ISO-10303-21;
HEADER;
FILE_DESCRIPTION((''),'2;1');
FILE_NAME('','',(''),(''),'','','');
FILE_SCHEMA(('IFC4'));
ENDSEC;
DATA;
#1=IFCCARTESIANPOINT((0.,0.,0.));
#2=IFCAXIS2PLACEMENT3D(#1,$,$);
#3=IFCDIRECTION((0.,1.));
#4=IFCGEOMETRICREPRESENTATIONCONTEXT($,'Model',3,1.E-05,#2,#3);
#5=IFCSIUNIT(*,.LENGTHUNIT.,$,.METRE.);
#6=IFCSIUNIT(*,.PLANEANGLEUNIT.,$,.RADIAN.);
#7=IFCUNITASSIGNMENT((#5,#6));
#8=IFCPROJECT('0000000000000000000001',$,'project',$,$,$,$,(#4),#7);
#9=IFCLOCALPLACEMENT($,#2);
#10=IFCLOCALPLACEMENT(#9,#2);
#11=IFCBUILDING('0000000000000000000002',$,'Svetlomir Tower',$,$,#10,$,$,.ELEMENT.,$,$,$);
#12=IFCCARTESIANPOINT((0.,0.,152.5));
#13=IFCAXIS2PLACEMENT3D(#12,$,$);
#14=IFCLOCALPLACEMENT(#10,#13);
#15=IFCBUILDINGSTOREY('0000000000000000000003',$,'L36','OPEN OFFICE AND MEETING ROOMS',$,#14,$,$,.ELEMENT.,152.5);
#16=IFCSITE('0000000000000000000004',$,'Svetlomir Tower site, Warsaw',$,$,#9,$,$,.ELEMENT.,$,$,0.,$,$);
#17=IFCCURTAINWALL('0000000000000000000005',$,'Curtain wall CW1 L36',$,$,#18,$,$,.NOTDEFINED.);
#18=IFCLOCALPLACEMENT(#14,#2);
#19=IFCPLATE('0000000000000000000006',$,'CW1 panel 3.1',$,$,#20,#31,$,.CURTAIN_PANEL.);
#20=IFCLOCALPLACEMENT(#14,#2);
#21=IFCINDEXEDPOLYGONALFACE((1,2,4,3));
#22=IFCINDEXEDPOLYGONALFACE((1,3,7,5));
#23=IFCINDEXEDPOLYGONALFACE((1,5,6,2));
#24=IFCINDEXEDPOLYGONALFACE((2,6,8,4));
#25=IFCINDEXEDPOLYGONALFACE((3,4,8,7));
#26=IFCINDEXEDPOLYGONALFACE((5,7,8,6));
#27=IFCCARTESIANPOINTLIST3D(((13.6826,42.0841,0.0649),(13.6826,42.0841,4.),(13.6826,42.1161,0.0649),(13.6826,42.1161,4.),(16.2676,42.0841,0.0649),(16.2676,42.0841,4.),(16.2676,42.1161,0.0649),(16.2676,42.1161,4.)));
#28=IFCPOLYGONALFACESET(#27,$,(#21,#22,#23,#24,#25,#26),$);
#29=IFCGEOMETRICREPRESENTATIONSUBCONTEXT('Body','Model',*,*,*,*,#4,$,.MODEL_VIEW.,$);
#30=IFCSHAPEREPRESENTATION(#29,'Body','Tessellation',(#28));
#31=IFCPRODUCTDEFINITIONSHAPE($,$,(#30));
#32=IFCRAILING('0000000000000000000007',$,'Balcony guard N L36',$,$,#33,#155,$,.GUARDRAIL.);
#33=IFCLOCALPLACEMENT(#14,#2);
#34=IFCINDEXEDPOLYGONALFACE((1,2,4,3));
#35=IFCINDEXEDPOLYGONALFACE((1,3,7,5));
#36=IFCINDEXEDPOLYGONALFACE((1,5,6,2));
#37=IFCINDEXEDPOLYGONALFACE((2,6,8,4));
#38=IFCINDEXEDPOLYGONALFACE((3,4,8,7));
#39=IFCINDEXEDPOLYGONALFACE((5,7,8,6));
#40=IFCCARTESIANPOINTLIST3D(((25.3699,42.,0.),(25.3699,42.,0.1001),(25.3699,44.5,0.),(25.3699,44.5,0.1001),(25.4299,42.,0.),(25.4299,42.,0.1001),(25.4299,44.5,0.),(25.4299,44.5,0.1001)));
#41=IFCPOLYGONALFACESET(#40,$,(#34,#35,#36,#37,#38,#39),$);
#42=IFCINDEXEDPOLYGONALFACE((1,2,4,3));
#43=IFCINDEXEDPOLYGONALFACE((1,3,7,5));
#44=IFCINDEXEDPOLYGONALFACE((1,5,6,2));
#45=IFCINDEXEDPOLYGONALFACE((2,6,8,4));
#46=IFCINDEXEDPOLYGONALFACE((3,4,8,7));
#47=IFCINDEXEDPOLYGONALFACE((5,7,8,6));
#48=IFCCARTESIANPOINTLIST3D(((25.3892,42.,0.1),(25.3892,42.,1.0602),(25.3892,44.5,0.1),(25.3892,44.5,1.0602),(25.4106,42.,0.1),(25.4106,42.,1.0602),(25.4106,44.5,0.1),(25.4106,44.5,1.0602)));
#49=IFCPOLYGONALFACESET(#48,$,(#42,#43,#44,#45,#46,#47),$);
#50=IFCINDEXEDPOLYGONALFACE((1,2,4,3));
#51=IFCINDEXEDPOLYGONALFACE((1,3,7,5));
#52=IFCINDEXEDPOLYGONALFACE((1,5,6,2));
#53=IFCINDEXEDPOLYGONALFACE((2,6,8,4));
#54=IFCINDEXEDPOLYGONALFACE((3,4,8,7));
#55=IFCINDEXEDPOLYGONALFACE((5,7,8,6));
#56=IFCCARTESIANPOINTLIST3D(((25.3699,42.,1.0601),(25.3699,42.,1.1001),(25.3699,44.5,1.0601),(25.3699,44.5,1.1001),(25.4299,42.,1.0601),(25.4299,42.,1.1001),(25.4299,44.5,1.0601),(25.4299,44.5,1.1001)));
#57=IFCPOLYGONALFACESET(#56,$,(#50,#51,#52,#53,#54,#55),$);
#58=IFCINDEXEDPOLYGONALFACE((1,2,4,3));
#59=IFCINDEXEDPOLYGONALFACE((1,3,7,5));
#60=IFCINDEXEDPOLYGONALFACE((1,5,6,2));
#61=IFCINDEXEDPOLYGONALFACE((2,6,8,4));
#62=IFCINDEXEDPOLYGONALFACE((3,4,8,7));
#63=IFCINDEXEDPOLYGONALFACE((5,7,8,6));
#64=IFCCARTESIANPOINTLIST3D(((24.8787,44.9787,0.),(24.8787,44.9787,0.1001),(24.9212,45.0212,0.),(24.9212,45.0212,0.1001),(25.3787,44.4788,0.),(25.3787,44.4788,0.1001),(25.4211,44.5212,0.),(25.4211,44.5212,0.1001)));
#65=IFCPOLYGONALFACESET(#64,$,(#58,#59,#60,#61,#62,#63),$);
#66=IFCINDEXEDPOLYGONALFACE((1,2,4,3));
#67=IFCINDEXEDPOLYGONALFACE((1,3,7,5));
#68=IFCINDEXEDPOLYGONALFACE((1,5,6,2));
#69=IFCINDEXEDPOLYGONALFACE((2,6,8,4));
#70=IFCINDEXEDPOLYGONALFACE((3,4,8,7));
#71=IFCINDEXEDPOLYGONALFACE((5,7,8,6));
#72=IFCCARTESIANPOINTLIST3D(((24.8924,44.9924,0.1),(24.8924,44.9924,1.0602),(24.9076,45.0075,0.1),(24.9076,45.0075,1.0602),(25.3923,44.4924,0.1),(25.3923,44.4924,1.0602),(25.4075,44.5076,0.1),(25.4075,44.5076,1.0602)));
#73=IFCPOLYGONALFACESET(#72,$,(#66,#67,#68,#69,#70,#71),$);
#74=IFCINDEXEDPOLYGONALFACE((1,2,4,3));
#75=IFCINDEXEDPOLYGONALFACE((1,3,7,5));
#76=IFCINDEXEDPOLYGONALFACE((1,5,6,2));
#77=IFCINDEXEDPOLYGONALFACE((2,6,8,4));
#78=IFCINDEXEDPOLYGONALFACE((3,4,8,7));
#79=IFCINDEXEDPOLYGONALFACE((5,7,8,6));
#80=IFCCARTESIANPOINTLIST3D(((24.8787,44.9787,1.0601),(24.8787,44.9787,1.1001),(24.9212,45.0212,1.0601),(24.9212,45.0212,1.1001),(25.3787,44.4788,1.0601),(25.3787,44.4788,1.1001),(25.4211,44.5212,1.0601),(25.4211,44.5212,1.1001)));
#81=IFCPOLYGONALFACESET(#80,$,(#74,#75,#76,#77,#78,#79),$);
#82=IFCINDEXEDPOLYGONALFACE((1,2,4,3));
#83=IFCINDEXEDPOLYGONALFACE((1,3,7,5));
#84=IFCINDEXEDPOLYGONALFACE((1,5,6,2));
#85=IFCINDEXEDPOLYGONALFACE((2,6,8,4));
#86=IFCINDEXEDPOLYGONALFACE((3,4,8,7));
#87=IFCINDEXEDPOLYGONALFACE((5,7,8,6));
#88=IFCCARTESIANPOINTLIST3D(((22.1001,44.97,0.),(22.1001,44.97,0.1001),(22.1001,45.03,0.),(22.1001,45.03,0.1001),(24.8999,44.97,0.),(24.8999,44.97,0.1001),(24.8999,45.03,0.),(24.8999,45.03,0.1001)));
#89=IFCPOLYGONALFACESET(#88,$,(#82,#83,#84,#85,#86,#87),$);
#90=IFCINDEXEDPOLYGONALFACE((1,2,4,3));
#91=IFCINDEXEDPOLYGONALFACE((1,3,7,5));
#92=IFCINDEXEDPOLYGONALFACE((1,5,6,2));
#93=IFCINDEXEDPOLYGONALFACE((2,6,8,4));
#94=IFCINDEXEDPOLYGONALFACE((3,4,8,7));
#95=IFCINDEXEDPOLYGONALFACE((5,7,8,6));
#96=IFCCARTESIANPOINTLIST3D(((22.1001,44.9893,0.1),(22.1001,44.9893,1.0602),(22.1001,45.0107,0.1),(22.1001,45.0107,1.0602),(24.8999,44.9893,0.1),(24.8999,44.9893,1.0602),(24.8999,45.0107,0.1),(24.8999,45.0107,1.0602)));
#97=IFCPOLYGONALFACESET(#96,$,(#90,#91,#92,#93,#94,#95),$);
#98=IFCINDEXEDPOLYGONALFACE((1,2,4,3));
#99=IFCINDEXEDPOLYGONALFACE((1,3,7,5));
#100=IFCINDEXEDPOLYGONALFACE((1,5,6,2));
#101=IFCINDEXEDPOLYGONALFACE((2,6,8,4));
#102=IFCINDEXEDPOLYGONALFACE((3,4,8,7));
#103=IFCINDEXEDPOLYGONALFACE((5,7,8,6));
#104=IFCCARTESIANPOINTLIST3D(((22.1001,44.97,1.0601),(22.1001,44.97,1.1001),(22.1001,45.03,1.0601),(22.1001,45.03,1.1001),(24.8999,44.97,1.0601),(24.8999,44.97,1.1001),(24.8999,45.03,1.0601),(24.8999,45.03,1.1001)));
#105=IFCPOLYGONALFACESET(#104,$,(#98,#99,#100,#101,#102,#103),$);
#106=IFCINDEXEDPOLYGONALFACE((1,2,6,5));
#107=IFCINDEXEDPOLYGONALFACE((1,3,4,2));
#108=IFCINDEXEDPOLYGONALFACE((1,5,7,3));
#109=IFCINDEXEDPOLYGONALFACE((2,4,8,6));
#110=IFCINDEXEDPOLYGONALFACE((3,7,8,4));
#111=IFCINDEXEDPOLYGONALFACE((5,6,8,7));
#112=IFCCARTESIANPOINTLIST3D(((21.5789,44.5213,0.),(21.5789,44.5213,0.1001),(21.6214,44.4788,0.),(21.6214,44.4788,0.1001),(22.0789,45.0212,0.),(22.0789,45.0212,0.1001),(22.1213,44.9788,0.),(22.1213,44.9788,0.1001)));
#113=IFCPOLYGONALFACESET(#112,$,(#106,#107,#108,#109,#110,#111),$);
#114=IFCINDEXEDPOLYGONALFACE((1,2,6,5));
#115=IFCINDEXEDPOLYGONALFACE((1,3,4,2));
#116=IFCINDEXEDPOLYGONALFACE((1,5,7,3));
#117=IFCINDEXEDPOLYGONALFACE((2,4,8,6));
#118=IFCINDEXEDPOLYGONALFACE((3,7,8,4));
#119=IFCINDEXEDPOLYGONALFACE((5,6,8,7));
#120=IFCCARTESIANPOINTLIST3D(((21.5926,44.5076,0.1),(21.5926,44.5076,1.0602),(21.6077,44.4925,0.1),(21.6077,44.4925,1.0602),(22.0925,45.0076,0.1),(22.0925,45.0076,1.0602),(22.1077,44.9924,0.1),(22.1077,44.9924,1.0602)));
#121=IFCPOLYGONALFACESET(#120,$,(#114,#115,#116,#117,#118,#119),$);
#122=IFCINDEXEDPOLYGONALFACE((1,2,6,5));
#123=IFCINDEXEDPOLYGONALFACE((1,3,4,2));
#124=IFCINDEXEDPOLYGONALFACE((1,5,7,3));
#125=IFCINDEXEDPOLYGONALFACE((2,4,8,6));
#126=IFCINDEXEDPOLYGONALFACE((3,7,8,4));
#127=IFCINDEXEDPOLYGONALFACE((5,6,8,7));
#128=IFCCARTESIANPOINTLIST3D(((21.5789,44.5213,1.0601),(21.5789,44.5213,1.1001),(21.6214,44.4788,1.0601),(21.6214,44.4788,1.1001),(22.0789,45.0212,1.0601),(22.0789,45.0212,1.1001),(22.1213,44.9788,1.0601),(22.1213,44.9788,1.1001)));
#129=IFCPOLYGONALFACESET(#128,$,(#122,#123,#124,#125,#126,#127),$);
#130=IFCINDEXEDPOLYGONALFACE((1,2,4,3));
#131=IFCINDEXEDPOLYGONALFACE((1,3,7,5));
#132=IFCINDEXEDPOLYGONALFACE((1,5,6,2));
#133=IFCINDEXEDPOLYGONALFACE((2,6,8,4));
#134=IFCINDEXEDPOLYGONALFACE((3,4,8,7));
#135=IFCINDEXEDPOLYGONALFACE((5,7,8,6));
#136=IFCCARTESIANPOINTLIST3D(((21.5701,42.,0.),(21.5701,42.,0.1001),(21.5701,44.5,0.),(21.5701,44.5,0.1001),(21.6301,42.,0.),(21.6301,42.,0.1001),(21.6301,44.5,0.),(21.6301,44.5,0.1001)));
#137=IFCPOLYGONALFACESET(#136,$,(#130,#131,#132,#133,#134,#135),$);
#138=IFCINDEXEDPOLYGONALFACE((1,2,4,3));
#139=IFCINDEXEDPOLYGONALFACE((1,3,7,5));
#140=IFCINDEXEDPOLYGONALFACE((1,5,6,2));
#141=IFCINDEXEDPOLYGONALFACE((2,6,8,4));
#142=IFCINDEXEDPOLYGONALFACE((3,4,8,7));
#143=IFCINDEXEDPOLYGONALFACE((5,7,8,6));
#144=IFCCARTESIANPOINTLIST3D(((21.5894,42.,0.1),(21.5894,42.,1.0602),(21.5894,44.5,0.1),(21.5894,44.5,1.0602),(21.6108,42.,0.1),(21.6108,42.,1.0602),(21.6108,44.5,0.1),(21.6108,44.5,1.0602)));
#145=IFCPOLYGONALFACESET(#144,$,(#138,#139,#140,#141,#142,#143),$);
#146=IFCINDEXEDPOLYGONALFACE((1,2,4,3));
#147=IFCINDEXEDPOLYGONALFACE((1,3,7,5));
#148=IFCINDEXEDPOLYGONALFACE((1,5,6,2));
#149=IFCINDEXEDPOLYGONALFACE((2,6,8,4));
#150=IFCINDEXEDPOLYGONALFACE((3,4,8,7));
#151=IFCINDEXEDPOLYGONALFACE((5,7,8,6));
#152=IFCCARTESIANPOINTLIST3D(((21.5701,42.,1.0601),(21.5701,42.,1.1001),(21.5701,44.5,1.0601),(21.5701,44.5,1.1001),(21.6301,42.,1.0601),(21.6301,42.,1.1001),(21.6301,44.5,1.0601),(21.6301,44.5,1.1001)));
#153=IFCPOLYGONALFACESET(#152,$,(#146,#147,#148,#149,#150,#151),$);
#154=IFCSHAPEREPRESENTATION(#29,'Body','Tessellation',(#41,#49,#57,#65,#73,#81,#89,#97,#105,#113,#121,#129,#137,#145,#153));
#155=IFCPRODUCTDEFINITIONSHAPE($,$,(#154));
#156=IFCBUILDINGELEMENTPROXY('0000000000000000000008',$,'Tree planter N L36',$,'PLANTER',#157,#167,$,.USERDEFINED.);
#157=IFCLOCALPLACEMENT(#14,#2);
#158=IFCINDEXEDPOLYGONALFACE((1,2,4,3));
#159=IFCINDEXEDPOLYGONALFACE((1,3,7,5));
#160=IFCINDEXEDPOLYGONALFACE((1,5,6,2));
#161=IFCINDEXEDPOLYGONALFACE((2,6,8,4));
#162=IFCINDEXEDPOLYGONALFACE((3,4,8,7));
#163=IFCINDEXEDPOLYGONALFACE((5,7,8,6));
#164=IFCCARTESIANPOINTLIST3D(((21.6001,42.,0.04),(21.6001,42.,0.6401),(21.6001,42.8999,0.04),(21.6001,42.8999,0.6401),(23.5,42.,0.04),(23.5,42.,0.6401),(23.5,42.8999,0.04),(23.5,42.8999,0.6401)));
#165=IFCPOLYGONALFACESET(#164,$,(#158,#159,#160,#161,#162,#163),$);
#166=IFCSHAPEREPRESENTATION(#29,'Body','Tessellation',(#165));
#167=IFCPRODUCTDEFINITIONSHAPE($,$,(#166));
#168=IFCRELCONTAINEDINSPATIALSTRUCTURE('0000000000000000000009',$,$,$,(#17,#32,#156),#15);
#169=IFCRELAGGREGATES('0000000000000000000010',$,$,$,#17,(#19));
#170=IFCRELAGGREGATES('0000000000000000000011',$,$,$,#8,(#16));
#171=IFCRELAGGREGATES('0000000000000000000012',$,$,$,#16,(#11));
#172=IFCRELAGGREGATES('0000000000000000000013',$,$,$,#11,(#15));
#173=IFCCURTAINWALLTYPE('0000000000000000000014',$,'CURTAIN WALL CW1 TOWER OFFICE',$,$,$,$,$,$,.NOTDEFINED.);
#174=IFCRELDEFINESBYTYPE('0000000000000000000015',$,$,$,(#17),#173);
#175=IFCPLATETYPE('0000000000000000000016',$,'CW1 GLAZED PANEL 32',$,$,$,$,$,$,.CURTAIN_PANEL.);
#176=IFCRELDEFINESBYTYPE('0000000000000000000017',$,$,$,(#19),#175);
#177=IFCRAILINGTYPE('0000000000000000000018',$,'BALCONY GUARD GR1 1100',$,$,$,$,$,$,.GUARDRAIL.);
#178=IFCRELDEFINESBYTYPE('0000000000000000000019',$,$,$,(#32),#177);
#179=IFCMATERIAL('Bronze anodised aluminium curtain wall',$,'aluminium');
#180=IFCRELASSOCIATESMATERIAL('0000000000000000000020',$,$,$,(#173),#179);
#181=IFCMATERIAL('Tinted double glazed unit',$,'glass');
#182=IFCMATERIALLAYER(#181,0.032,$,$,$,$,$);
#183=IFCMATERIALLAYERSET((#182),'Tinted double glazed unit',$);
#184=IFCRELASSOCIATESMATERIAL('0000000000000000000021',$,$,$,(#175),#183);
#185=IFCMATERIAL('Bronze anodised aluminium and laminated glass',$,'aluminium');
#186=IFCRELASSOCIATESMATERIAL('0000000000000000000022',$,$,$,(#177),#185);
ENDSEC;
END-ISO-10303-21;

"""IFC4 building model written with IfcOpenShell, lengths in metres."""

from ifc_helpers import new_model, si_unit, direction, frame, origin, origin_2d, place, context, subcontext, project, spatial, rectangle, extrude, material, layer, layer_set, type_object, element, aggregate, save


model = new_model("IFC4")

# Units and contexts
model_context = context("Model", 3, precision=1e-05, world=origin(), true_north=direction((0.0, 1.0)))
body_context = subcontext(model_context, "Body", "Model", "MODEL_VIEW")
ifc_project = project(units=[si_unit("LENGTHUNIT", "METRE"), si_unit("PLANEANGLEUNIT", "RADIAN")], contexts=[model_context])

# Site, building, storey
site_placement = place(None, origin())
site = spatial("IfcSite", under=ifc_project, at=site_placement, Name="Svetlomir Tower site, Warsaw", CompositionType="ELEMENT", RefElevation=0.0)
building_placement = place(site_placement, origin())
building = spatial("IfcBuilding", under=site, at=building_placement, Name="Svetlomir Tower", CompositionType="ELEMENT")
storey_placement = place(building_placement, frame((0.0, 0.0, 152.5)))
storey = spatial("IfcBuildingStorey", under=building, at=storey_placement, Name="L36", Description="OPEN OFFICE AND MEETING ROOMS", CompositionType="ELEMENT", Elevation=152.5)

# Curtain wall
ifc_material_1 = material(Name="Bronze anodised aluminium curtain wall", Category="aluminium")
curtain_wall_type = type_object("IfcCurtainWallType", Name="CURTAIN WALL CW1 TOWER OFFICE", PredefinedType="NOTDEFINED", material=ifc_material_1)
curtain_wall_1_placement = place(storey_placement, origin())
curtain_wall_1 = element("IfcCurtainWall", 1, at=curtain_wall_1_placement, inside=storey, type_object=curtain_wall_type, Name="Curtain wall CW1 L36", PredefinedType="NOTDEFINED")

# Plate
ifc_material_2 = material(Name="Tinted double glazed unit", Category="glass")
ifc_layer_1 = layer(ifc_material_2, 0.032)
ifc_layer_set_1 = layer_set([ifc_layer_1], Name="Tinted double glazed unit")
plate_type = type_object("IfcPlateType", Name="CW1 GLAZED PANEL 32", PredefinedType="CURTAIN_PANEL", material=ifc_layer_set_1)
plate_1_placement = place(storey_placement, frame((14.9751, 42.1001, 0.0649), z_axis=(0.0, 0.0, 1.0), x_axis=(-1.0, 0.0, 0.0)))
plate_1 = element("IfcPlate", 2, at=plate_1_placement, type_object=plate_type, Name="CW1 panel 3.1", PredefinedType="CURTAIN_PANEL", context=body_context, shape_type="SweptSolid", body=[
    extrude(rectangle(XDim=2.585, YDim=0.032, at=origin_2d()), origin(), (0.0, 0.0, 1.0), 3.9351),
])
aggregate(curtain_wall_1, [plate_1])

# Railing
ifc_material_3 = material(Name="Bronze anodised aluminium and laminated glass", Category="aluminium")
railing_type = type_object("IfcRailingType", Name="BALCONY GUARD GR1 1100", PredefinedType="GUARDRAIL", material=ifc_material_3)
railing_placement = place(storey_placement, frame((25.3999, 42.0, 0.0)))
element("IfcRailing", 3, at=railing_placement, inside=storey, type_object=railing_type, Name="Balcony guard N L36", PredefinedType="GUARDRAIL", context=body_context, shape_type="SweptSolid", body=[
    extrude(rectangle(XDim=0.0601, YDim=0.1001, at=origin_2d()), frame((0.0, 0.0, 0.05), z_axis=(0.0, 1.0, 0.0), x_axis=(-1.0, 0.0, 0.0)), (0.0, 0.0, 1.0), 2.5),
    extrude(rectangle(XDim=0.0215, YDim=0.9602, at=origin_2d()), frame((0.0, 0.0, 0.5801), z_axis=(0.0, 1.0, 0.0), x_axis=(-1.0, 0.0, 0.0)), (0.0, 0.0, 1.0), 2.5),
    extrude(rectangle(XDim=0.0601, YDim=0.04, at=origin_2d()), frame((0.0, 0.0, 1.0801), z_axis=(0.0, 1.0, 0.0), x_axis=(-1.0, 0.0, 0.0)), (0.0, 0.0, 1.0), 2.5),
    extrude(rectangle(XDim=0.0601, YDim=0.1001, at=origin_2d()), frame((0.0, 2.5, 0.05), z_axis=(-0.707107, 0.707107, 0.0), x_axis=(-0.707107, -0.707107, 0.0)), (0.0, 0.0, 1.0), 0.707),
    extrude(rectangle(XDim=0.0215, YDim=0.9602, at=origin_2d()), frame((0.0, 2.5, 0.5801), z_axis=(-0.707107, 0.707107, 0.0), x_axis=(-0.707107, -0.707107, 0.0)), (0.0, 0.0, 1.0), 0.707),
    extrude(rectangle(XDim=0.0601, YDim=0.04, at=origin_2d()), frame((0.0, 2.5, 1.0801), z_axis=(-0.707107, 0.707107, 0.0), x_axis=(-0.707107, -0.707107, 0.0)), (0.0, 0.0, 1.0), 0.707),
    extrude(rectangle(XDim=0.0601, YDim=0.1001, at=origin_2d()), frame((-0.5, 3.0, 0.05), z_axis=(-1.0, 0.0, 0.0), x_axis=(0.0, -1.0, 0.0)), (0.0, 0.0, 1.0), 2.7998),
    extrude(rectangle(XDim=0.0215, YDim=0.9602, at=origin_2d()), frame((-0.5, 3.0, 0.5801), z_axis=(-1.0, 0.0, 0.0), x_axis=(0.0, -1.0, 0.0)), (0.0, 0.0, 1.0), 2.7998),
    extrude(rectangle(XDim=0.0601, YDim=0.04, at=origin_2d()), frame((-0.5, 3.0, 1.0801), z_axis=(-1.0, 0.0, 0.0), x_axis=(0.0, -1.0, 0.0)), (0.0, 0.0, 1.0), 2.7998),
    extrude(rectangle(XDim=0.0601, YDim=0.1001, at=origin_2d()), frame((-3.2998, 3.0, 0.05), z_axis=(-0.707107, -0.707107, 0.0), x_axis=(0.707107, -0.707107, 0.0)), (0.0, 0.0, 1.0), 0.707),
    extrude(rectangle(XDim=0.0215, YDim=0.9602, at=origin_2d()), frame((-3.2998, 3.0, 0.5801), z_axis=(-0.707107, -0.707107, 0.0), x_axis=(0.707107, -0.707107, 0.0)), (0.0, 0.0, 1.0), 0.707),
    extrude(rectangle(XDim=0.0601, YDim=0.04, at=origin_2d()), frame((-3.2998, 3.0, 1.0801), z_axis=(-0.707107, -0.707107, 0.0), x_axis=(0.707107, -0.707107, 0.0)), (0.0, 0.0, 1.0), 0.707),
    extrude(rectangle(XDim=0.0601, YDim=0.1001, at=origin_2d()), frame((-3.7998, 2.5, 0.05), z_axis=(0.0, -1.0, 0.0), x_axis=(1.0, 0.0, 0.0)), (0.0, 0.0, 1.0), 2.5),
    extrude(rectangle(XDim=0.0215, YDim=0.9602, at=origin_2d()), frame((-3.7998, 2.5, 0.5801), z_axis=(0.0, -1.0, 0.0), x_axis=(1.0, 0.0, 0.0)), (0.0, 0.0, 1.0), 2.5),
    extrude(rectangle(XDim=0.0601, YDim=0.04, at=origin_2d()), frame((-3.7998, 2.5, 1.0801), z_axis=(0.0, -1.0, 0.0), x_axis=(1.0, 0.0, 0.0)), (0.0, 0.0, 1.0), 2.5),
])

# Building element proxy
proxy_placement = place(storey_placement, frame((22.55, 42.45, 0.04), z_axis=(0.0, 0.0, 1.0), x_axis=(1.0, 0.0, 0.0)))
element("IfcBuildingElementProxy", 4, at=proxy_placement, inside=storey, Name="Tree planter N L36", ObjectType="PLANTER", PredefinedType="USERDEFINED", context=body_context, shape_type="SweptSolid", body=[
    extrude(rectangle(XDim=1.8999, YDim=0.8999, at=origin_2d()), origin(), (0.0, 0.0, 1.0), 0.6001),
])

save(model, "model.ifc")
